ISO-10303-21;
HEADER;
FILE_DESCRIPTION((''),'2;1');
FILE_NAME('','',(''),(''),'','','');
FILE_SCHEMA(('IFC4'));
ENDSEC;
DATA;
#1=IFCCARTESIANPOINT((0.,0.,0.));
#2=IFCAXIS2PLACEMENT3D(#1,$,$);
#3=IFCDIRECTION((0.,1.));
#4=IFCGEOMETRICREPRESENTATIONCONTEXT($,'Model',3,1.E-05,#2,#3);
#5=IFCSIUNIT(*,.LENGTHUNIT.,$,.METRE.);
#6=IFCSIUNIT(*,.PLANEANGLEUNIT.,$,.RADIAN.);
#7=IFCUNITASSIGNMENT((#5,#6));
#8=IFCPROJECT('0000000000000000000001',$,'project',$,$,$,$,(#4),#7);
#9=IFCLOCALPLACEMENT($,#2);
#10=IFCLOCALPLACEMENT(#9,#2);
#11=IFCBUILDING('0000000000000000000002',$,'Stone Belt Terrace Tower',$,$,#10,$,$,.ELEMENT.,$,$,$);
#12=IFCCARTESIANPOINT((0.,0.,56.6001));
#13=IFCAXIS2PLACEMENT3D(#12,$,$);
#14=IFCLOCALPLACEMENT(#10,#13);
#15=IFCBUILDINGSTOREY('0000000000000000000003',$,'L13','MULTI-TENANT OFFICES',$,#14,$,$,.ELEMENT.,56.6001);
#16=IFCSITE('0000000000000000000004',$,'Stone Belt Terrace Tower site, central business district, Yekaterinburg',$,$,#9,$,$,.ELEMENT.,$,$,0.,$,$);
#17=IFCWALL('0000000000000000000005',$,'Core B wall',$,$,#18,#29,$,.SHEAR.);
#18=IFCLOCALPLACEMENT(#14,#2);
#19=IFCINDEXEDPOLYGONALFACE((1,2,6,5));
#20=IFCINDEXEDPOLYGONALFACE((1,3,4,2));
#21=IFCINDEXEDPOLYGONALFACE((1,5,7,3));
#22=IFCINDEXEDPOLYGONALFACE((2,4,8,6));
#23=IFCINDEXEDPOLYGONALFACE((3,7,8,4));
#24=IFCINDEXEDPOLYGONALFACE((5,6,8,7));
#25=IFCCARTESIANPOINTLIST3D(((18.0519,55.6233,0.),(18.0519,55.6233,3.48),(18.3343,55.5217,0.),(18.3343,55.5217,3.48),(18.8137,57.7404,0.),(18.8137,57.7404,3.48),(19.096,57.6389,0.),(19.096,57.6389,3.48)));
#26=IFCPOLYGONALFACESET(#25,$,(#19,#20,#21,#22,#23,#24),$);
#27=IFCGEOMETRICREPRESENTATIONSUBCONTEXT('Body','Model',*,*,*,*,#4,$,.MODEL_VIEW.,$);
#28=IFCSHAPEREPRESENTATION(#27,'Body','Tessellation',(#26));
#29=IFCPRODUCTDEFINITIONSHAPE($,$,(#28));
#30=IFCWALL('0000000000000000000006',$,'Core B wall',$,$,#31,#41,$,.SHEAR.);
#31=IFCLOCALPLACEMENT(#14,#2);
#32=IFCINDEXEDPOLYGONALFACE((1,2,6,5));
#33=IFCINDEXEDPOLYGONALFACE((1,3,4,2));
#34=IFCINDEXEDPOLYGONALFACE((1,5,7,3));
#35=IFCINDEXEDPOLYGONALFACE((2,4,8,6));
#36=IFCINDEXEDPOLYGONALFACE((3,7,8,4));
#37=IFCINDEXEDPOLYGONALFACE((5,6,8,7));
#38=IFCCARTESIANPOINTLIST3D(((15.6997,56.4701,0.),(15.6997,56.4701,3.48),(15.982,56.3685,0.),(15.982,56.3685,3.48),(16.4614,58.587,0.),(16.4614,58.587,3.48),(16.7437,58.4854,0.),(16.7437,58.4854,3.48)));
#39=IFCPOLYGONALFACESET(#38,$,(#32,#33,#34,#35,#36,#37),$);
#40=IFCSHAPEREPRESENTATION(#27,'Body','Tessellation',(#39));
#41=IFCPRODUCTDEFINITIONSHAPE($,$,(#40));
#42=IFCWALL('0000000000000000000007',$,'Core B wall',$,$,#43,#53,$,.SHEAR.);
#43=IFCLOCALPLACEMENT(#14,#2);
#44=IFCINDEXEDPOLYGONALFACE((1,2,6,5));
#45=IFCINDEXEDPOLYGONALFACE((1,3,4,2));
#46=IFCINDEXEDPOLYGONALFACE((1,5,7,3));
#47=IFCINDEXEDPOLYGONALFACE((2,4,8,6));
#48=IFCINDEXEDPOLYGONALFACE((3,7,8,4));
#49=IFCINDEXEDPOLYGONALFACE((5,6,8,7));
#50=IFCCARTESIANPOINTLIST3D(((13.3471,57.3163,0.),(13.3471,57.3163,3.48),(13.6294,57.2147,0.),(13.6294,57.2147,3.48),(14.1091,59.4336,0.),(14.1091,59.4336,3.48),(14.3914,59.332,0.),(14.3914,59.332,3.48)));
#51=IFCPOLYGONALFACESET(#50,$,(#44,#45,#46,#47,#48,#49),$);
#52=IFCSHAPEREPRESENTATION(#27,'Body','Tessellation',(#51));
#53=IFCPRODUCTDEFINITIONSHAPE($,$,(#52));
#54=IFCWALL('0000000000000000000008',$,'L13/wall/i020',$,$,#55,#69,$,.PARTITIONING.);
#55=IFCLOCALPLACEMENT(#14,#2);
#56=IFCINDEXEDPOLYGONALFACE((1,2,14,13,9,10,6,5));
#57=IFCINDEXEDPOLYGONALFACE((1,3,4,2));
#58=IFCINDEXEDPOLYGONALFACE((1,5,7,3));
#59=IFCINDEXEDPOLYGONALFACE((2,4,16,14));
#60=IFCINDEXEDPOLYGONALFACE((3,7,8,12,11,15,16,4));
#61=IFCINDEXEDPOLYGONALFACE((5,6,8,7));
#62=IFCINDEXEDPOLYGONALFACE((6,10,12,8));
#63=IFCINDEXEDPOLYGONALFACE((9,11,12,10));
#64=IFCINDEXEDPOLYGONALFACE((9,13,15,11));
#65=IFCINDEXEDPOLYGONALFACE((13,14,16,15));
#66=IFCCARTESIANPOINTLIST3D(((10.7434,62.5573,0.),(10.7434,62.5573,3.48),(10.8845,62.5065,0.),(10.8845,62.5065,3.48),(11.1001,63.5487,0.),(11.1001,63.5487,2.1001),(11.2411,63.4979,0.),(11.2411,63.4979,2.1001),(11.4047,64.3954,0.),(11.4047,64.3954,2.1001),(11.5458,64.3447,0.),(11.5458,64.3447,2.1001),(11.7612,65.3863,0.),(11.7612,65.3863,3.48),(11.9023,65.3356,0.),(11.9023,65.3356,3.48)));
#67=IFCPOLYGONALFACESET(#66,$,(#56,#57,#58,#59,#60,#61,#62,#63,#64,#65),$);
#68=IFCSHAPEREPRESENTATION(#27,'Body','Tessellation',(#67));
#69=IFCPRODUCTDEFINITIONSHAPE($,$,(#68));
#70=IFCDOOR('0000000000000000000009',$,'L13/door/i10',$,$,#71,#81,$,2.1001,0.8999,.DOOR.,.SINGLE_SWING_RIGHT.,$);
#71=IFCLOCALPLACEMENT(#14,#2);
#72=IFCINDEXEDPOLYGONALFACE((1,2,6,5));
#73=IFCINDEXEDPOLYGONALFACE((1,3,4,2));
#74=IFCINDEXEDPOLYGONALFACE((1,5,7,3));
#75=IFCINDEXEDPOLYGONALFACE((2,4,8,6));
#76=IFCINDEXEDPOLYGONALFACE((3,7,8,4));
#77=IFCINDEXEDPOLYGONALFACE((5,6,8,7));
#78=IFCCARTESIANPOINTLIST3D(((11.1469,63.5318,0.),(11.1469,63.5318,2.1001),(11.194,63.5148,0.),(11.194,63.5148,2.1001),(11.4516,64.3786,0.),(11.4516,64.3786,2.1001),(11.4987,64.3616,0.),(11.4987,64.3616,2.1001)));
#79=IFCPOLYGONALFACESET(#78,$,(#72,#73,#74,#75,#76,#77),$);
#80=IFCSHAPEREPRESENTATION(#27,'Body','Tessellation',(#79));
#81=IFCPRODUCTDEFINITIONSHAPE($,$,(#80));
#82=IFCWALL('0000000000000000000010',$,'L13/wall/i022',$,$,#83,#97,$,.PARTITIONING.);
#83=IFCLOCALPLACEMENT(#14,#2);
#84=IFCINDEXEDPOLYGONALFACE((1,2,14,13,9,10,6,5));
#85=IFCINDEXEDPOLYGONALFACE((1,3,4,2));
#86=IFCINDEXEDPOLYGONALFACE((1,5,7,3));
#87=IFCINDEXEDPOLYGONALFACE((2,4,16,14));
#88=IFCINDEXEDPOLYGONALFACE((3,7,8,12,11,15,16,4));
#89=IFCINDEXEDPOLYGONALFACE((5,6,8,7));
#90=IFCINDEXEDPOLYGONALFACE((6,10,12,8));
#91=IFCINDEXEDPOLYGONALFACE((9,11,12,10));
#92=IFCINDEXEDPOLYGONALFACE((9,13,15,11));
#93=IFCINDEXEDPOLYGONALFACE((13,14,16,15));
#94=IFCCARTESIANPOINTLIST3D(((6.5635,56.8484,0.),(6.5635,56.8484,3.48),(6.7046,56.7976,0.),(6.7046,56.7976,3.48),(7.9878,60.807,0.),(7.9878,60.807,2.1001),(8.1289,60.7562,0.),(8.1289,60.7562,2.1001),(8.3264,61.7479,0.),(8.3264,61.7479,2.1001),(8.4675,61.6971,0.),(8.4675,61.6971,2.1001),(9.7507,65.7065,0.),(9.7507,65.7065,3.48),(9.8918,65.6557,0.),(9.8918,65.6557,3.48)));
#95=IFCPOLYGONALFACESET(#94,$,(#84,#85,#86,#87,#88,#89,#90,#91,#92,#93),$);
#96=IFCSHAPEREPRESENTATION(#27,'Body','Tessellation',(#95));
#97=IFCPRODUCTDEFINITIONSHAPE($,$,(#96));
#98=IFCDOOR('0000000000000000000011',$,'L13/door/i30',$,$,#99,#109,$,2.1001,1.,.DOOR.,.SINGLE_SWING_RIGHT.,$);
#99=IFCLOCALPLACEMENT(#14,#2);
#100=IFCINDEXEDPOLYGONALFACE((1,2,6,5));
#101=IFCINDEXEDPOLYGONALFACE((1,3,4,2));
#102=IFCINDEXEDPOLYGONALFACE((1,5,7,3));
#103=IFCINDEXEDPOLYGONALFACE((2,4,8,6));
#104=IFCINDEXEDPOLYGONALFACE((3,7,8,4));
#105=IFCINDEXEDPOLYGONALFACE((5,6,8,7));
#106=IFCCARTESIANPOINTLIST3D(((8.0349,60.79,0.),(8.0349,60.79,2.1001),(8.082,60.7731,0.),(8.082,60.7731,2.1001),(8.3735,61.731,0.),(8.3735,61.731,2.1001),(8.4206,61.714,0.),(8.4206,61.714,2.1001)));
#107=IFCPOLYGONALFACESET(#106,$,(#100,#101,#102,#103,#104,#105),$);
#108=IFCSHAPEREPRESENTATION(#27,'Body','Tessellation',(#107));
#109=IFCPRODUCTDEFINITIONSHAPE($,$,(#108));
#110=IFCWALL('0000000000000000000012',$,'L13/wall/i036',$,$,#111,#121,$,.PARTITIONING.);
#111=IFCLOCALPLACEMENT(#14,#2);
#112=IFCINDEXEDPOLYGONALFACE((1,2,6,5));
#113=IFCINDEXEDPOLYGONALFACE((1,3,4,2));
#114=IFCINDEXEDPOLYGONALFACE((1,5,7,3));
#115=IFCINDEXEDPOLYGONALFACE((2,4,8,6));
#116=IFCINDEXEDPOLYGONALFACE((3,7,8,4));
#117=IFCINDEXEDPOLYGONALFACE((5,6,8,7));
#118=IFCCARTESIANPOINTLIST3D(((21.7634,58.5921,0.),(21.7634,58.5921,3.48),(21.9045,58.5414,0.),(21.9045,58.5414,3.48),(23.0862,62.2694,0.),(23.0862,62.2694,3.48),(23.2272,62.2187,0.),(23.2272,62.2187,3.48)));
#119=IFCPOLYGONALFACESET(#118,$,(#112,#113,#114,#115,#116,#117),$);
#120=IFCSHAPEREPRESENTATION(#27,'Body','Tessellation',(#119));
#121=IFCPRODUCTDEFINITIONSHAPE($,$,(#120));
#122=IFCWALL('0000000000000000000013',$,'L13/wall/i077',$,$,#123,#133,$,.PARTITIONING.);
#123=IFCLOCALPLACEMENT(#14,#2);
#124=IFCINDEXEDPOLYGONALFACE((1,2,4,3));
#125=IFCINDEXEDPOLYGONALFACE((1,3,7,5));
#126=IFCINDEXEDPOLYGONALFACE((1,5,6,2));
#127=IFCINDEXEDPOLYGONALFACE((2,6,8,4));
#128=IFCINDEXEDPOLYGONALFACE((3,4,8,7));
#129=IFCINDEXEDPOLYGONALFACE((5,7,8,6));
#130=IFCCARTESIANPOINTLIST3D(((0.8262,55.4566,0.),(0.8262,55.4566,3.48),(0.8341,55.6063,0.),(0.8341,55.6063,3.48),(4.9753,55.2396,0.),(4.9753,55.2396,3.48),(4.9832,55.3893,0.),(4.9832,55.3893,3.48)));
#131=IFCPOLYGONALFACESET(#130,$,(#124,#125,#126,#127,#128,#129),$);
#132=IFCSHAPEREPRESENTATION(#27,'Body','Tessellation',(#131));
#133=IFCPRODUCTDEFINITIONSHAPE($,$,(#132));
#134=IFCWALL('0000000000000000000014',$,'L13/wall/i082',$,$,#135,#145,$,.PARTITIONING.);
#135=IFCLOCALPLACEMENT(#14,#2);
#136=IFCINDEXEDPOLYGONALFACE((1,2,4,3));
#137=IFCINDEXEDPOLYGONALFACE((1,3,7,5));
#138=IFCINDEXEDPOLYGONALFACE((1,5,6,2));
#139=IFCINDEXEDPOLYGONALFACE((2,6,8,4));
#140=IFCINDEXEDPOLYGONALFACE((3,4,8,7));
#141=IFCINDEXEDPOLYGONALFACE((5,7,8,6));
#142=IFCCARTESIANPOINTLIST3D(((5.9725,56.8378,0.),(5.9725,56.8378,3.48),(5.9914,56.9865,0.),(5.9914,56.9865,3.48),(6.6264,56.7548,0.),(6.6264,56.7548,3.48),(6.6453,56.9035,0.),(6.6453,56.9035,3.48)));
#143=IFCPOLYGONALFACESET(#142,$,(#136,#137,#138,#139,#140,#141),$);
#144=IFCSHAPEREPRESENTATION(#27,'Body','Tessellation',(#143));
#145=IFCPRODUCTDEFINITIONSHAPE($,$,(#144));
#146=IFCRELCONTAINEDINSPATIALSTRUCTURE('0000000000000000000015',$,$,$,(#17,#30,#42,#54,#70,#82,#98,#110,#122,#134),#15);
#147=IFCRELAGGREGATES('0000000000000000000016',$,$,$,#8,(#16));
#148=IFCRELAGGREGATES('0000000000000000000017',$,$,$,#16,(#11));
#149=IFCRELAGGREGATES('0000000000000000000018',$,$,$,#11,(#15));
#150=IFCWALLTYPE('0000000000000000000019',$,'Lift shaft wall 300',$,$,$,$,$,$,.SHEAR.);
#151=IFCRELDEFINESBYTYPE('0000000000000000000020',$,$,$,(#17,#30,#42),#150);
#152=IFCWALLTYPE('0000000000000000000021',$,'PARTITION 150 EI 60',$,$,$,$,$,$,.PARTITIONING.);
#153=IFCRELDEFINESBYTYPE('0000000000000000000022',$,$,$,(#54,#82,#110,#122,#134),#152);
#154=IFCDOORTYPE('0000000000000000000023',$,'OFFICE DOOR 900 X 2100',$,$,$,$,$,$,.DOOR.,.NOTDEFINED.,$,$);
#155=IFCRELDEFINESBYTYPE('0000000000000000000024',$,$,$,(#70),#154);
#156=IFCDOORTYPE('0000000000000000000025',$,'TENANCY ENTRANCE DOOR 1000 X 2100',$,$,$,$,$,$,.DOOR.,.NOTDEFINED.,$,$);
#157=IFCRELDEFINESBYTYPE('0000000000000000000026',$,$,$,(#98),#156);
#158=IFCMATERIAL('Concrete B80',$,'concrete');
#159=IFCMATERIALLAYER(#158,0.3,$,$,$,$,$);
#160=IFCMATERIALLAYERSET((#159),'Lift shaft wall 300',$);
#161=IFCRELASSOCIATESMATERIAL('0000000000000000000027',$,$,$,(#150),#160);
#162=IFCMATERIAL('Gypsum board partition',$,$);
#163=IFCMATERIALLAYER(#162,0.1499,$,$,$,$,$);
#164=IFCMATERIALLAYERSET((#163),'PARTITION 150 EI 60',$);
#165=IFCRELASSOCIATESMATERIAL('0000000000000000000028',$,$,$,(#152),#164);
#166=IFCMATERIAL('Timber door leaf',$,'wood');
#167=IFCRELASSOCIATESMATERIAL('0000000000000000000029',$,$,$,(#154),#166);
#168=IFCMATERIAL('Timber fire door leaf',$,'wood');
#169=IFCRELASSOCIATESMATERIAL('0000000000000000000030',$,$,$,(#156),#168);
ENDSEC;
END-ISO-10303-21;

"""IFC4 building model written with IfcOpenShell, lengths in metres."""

from ifc_helpers import new_model, si_unit, direction, frame, frame_2d, origin, place, context, subcontext, project, spatial, rectangle, extrude, material, layer, layer_set, type_object, element, fill, save


model = new_model("IFC4")

# Units and contexts
model_context = context("Model", 3, precision=1e-05, world=origin(), true_north=direction((0.0, 1.0)))
body_context = subcontext(model_context, "Body", "Model", "MODEL_VIEW")
ifc_project = project(units=[si_unit("LENGTHUNIT", "METRE"), si_unit("PLANEANGLEUNIT", "RADIAN")], contexts=[model_context])

# Site, building, storey
site_placement = place(None, origin())
site = spatial("IfcSite", under=ifc_project, at=site_placement, Name="Stone Belt Terrace Tower site, central business district, Yekaterinburg", CompositionType="ELEMENT", RefElevation=0.0)
building_placement = place(site_placement, origin())
building = spatial("IfcBuilding", under=site, at=building_placement, Name="Stone Belt Terrace Tower", CompositionType="ELEMENT")
storey_placement = place(building_placement, frame((0.0, 0.0, 56.6001)))
storey = spatial("IfcBuildingStorey", under=building, at=storey_placement, Name="L13", Description="MULTI-TENANT OFFICES", CompositionType="ELEMENT", Elevation=56.6001)

# Shared definitions
ifc_material_1 = material(Name="Concrete B80", Category="concrete")

# Walls
ifc_layer_1 = layer(ifc_material_1, 0.3)
ifc_layer_set_1 = layer_set([ifc_layer_1], Name="Lift shaft wall 300")
wall_type_1 = type_object("IfcWallType", Name="Lift shaft wall 300", PredefinedType="SHEAR", material=ifc_layer_set_1)
wall_1_placement = place(storey_placement, frame((18.1931, 55.5725, 0.0), z_axis=(0.0, 0.0, 1.0), x_axis=(0.338535, 0.940954, 0.0)))
element("IfcWall", 1, at=wall_1_placement, inside=storey, type_object=wall_type_1, Name="Core B wall", PredefinedType="SHEAR", context=body_context, shape_type="SweptSolid", body=[
    extrude(rectangle(XDim=2.25, YDim=0.3, at=frame_2d((1.125, 0.0))), origin(), (0.0, 0.0, 1.0), 3.48),
])
wall_2_placement = place(storey_placement, frame((15.8408, 56.4192, 0.0), z_axis=(0.0, 0.0, 1.0), x_axis=(0.33857, 0.940941, 0.0)))
element("IfcWall", 2, at=wall_2_placement, inside=storey, type_object=wall_type_1, Name="Core B wall", PredefinedType="SHEAR", context=body_context, shape_type="SweptSolid", body=[
    extrude(rectangle(XDim=2.2498, YDim=0.3, at=frame_2d((1.125, 0.0))), origin(), (0.0, 0.0, 1.0), 3.48),
])
wall_3_placement = place(storey_placement, frame((13.4883, 57.2656, 0.0), z_axis=(0.0, 0.0, 1.0), x_axis=(0.338631, 0.940919, 0.0)))
element("IfcWall", 3, at=wall_3_placement, inside=storey, type_object=wall_type_1, Name="Core B wall", PredefinedType="SHEAR", context=body_context, shape_type="SweptSolid", body=[
    extrude(rectangle(XDim=2.2502, YDim=0.3, at=frame_2d((1.125, 0.0))), origin(), (0.0, 0.0, 1.0), 3.48),
])

# Walls, openings, doors
ifc_material_2 = material(Name="Gypsum board partition")
ifc_layer_2 = layer(ifc_material_2, 0.1499)
ifc_layer_set_2 = layer_set([ifc_layer_2], Name="PARTITION 150 EI 60")
wall_type_2 = type_object("IfcWallType", Name="PARTITION 150 EI 60", PredefinedType="PARTITIONING", material=ifc_layer_set_2)
wall_4_placement = place(storey_placement, frame((11.8318, 65.3611, 0.0), z_axis=(0.0, 0.0, 1.0), x_axis=(-0.338527, -0.940957, 0.0)))
wall_4 = element("IfcWall", 4, at=wall_4_placement, inside=storey, type_object=wall_type_2, Name="L13/wall/i020", PredefinedType="PARTITIONING", context=body_context, shape_type="SweptSolid", body=[
    extrude(rectangle(XDim=3.0066, YDim=0.1499, at=frame_2d((1.5034, 0.0))), origin(), (0.0, 0.0, 1.0), 3.48),
])
opening_1_placement = place(wall_4_placement, frame((1.0532, 0.0, 0.0)))
opening_1 = element("IfcOpeningElement", 5, at=opening_1_placement, cuts=wall_4, PredefinedType="OPENING", context=body_context, shape_type="SweptSolid", body=[
    extrude(rectangle(XDim=0.8999, YDim=2.1001, at=frame_2d((0.45, 1.05))), frame((0.0, 0.085, 0.0), z_axis=(0.0, -1.0, 0.0), x_axis=(1.0, 0.0, 0.0)), (0.0, 0.0, 1.0), 0.1699),
])
ifc_material_3 = material(Name="Timber door leaf", Category="wood")
door_type_1 = type_object("IfcDoorType", Name="OFFICE DOOR 900 X 2100", OperationType="NOTDEFINED", PredefinedType="DOOR", material=ifc_material_3)
door_1_placement = place(opening_1_placement, origin())
door_1 = element("IfcDoor", 6, at=door_1_placement, inside=storey, type_object=door_type_1, Name="L13/door/i10", OperationType="SINGLE_SWING_RIGHT", OverallHeight=2.1001, OverallWidth=0.8999, PredefinedType="DOOR", context=body_context, shape_type="SweptSolid", body=[
    extrude(rectangle(XDim=0.8999, YDim=2.1001, at=frame_2d((0.45, 1.05))), frame((0.0, 0.0249, 0.0), z_axis=(0.0, -1.0, 0.0), x_axis=(1.0, 0.0, 0.0)), (0.0, 0.0, 1.0), 0.05),
])
fill(opening_1, door_1)
wall_5_placement = place(storey_placement, frame((6.634, 56.823, 0.0), z_axis=(0.0, 0.0, 1.0), x_axis=(0.338562, 0.940944, 0.0)))
wall_5 = element("IfcWall", 7, at=wall_5_placement, inside=storey, type_object=wall_type_2, Name="L13/wall/i022", PredefinedType="PARTITIONING", context=body_context, shape_type="SweptSolid", body=[
    extrude(rectangle(XDim=9.4141, YDim=0.1499, at=frame_2d((4.707, 0.0))), origin(), (0.0, 0.0, 1.0), 3.48),
])
opening_2_placement = place(wall_5_placement, frame((4.207, 0.0, 0.0)))
opening_2 = element("IfcOpeningElement", 8, at=opening_2_placement, cuts=wall_5, PredefinedType="OPENING", context=body_context, shape_type="SweptSolid", body=[
    extrude(rectangle(XDim=1.0, YDim=2.1001, at=frame_2d((0.5, 1.05))), frame((0.0, 0.085, 0.0), z_axis=(0.0, -1.0, 0.0), x_axis=(1.0, 0.0, 0.0)), (0.0, 0.0, 1.0), 0.1699),
])
ifc_material_4 = material(Name="Timber fire door leaf", Category="wood")
door_type_2 = type_object("IfcDoorType", Name="TENANCY ENTRANCE DOOR 1000 X 2100", OperationType="NOTDEFINED", PredefinedType="DOOR", material=ifc_material_4)
door_2_placement = place(opening_2_placement, origin())
door_2 = element("IfcDoor", 9, at=door_2_placement, inside=storey, type_object=door_type_2, Name="L13/door/i30", OperationType="SINGLE_SWING_RIGHT", OverallHeight=2.1001, OverallWidth=1.0, PredefinedType="DOOR", context=body_context, shape_type="SweptSolid", body=[
    extrude(rectangle(XDim=1.0, YDim=2.1001, at=frame_2d((0.5, 1.05))), frame((0.0, 0.0249, 0.0), z_axis=(0.0, -1.0, 0.0), x_axis=(1.0, 0.0, 0.0)), (0.0, 0.0, 1.0), 0.05),
])
fill(opening_2, door_2)

# Walls
wall_6_placement = place(storey_placement, frame((23.1567, 62.2441, 0.0), z_axis=(0.0, 0.0, 1.0), x_axis=(-0.338481, -0.940973, 0.0)))
element("IfcWall", 10, at=wall_6_placement, inside=storey, type_object=wall_type_2, Name="L13/wall/i036", PredefinedType="PARTITIONING", context=body_context, shape_type="SweptSolid", body=[
    extrude(rectangle(XDim=3.908, YDim=0.1499, at=frame_2d((1.9541, 0.0))), origin(), (0.0, 0.0, 1.0), 3.48),
])
wall_7_placement = place(storey_placement, frame((4.9792, 55.3145, 0.0), z_axis=(0.0, 0.0, 1.0), x_axis=(-0.998635, 0.052238, 0.0)))
element("IfcWall", 11, at=wall_7_placement, inside=storey, type_object=wall_type_2, Name="L13/wall/i077", PredefinedType="PARTITIONING", context=body_context, shape_type="SweptSolid", body=[
    extrude(rectangle(XDim=4.1548, YDim=0.1499, at=frame_2d((2.0774, 0.0))), origin(), (0.0, 0.0, 1.0), 3.48),
])
wall_8_placement = place(storey_placement, frame((5.9819, 56.9121, 0.0), z_axis=(0.0, 0.0, 1.0), x_axis=(0.992043, -0.125903, 0.0)))
element("IfcWall", 12, at=wall_8_placement, inside=storey, type_object=wall_type_2, Name="L13/wall/i082", PredefinedType="PARTITIONING", context=body_context, shape_type="SweptSolid", body=[
    extrude(rectangle(XDim=0.6592, YDim=0.1499, at=frame_2d((0.3296, 0.0))), origin(), (0.0, 0.0, 1.0), 3.48),
])

save(model, "model.ifc")
